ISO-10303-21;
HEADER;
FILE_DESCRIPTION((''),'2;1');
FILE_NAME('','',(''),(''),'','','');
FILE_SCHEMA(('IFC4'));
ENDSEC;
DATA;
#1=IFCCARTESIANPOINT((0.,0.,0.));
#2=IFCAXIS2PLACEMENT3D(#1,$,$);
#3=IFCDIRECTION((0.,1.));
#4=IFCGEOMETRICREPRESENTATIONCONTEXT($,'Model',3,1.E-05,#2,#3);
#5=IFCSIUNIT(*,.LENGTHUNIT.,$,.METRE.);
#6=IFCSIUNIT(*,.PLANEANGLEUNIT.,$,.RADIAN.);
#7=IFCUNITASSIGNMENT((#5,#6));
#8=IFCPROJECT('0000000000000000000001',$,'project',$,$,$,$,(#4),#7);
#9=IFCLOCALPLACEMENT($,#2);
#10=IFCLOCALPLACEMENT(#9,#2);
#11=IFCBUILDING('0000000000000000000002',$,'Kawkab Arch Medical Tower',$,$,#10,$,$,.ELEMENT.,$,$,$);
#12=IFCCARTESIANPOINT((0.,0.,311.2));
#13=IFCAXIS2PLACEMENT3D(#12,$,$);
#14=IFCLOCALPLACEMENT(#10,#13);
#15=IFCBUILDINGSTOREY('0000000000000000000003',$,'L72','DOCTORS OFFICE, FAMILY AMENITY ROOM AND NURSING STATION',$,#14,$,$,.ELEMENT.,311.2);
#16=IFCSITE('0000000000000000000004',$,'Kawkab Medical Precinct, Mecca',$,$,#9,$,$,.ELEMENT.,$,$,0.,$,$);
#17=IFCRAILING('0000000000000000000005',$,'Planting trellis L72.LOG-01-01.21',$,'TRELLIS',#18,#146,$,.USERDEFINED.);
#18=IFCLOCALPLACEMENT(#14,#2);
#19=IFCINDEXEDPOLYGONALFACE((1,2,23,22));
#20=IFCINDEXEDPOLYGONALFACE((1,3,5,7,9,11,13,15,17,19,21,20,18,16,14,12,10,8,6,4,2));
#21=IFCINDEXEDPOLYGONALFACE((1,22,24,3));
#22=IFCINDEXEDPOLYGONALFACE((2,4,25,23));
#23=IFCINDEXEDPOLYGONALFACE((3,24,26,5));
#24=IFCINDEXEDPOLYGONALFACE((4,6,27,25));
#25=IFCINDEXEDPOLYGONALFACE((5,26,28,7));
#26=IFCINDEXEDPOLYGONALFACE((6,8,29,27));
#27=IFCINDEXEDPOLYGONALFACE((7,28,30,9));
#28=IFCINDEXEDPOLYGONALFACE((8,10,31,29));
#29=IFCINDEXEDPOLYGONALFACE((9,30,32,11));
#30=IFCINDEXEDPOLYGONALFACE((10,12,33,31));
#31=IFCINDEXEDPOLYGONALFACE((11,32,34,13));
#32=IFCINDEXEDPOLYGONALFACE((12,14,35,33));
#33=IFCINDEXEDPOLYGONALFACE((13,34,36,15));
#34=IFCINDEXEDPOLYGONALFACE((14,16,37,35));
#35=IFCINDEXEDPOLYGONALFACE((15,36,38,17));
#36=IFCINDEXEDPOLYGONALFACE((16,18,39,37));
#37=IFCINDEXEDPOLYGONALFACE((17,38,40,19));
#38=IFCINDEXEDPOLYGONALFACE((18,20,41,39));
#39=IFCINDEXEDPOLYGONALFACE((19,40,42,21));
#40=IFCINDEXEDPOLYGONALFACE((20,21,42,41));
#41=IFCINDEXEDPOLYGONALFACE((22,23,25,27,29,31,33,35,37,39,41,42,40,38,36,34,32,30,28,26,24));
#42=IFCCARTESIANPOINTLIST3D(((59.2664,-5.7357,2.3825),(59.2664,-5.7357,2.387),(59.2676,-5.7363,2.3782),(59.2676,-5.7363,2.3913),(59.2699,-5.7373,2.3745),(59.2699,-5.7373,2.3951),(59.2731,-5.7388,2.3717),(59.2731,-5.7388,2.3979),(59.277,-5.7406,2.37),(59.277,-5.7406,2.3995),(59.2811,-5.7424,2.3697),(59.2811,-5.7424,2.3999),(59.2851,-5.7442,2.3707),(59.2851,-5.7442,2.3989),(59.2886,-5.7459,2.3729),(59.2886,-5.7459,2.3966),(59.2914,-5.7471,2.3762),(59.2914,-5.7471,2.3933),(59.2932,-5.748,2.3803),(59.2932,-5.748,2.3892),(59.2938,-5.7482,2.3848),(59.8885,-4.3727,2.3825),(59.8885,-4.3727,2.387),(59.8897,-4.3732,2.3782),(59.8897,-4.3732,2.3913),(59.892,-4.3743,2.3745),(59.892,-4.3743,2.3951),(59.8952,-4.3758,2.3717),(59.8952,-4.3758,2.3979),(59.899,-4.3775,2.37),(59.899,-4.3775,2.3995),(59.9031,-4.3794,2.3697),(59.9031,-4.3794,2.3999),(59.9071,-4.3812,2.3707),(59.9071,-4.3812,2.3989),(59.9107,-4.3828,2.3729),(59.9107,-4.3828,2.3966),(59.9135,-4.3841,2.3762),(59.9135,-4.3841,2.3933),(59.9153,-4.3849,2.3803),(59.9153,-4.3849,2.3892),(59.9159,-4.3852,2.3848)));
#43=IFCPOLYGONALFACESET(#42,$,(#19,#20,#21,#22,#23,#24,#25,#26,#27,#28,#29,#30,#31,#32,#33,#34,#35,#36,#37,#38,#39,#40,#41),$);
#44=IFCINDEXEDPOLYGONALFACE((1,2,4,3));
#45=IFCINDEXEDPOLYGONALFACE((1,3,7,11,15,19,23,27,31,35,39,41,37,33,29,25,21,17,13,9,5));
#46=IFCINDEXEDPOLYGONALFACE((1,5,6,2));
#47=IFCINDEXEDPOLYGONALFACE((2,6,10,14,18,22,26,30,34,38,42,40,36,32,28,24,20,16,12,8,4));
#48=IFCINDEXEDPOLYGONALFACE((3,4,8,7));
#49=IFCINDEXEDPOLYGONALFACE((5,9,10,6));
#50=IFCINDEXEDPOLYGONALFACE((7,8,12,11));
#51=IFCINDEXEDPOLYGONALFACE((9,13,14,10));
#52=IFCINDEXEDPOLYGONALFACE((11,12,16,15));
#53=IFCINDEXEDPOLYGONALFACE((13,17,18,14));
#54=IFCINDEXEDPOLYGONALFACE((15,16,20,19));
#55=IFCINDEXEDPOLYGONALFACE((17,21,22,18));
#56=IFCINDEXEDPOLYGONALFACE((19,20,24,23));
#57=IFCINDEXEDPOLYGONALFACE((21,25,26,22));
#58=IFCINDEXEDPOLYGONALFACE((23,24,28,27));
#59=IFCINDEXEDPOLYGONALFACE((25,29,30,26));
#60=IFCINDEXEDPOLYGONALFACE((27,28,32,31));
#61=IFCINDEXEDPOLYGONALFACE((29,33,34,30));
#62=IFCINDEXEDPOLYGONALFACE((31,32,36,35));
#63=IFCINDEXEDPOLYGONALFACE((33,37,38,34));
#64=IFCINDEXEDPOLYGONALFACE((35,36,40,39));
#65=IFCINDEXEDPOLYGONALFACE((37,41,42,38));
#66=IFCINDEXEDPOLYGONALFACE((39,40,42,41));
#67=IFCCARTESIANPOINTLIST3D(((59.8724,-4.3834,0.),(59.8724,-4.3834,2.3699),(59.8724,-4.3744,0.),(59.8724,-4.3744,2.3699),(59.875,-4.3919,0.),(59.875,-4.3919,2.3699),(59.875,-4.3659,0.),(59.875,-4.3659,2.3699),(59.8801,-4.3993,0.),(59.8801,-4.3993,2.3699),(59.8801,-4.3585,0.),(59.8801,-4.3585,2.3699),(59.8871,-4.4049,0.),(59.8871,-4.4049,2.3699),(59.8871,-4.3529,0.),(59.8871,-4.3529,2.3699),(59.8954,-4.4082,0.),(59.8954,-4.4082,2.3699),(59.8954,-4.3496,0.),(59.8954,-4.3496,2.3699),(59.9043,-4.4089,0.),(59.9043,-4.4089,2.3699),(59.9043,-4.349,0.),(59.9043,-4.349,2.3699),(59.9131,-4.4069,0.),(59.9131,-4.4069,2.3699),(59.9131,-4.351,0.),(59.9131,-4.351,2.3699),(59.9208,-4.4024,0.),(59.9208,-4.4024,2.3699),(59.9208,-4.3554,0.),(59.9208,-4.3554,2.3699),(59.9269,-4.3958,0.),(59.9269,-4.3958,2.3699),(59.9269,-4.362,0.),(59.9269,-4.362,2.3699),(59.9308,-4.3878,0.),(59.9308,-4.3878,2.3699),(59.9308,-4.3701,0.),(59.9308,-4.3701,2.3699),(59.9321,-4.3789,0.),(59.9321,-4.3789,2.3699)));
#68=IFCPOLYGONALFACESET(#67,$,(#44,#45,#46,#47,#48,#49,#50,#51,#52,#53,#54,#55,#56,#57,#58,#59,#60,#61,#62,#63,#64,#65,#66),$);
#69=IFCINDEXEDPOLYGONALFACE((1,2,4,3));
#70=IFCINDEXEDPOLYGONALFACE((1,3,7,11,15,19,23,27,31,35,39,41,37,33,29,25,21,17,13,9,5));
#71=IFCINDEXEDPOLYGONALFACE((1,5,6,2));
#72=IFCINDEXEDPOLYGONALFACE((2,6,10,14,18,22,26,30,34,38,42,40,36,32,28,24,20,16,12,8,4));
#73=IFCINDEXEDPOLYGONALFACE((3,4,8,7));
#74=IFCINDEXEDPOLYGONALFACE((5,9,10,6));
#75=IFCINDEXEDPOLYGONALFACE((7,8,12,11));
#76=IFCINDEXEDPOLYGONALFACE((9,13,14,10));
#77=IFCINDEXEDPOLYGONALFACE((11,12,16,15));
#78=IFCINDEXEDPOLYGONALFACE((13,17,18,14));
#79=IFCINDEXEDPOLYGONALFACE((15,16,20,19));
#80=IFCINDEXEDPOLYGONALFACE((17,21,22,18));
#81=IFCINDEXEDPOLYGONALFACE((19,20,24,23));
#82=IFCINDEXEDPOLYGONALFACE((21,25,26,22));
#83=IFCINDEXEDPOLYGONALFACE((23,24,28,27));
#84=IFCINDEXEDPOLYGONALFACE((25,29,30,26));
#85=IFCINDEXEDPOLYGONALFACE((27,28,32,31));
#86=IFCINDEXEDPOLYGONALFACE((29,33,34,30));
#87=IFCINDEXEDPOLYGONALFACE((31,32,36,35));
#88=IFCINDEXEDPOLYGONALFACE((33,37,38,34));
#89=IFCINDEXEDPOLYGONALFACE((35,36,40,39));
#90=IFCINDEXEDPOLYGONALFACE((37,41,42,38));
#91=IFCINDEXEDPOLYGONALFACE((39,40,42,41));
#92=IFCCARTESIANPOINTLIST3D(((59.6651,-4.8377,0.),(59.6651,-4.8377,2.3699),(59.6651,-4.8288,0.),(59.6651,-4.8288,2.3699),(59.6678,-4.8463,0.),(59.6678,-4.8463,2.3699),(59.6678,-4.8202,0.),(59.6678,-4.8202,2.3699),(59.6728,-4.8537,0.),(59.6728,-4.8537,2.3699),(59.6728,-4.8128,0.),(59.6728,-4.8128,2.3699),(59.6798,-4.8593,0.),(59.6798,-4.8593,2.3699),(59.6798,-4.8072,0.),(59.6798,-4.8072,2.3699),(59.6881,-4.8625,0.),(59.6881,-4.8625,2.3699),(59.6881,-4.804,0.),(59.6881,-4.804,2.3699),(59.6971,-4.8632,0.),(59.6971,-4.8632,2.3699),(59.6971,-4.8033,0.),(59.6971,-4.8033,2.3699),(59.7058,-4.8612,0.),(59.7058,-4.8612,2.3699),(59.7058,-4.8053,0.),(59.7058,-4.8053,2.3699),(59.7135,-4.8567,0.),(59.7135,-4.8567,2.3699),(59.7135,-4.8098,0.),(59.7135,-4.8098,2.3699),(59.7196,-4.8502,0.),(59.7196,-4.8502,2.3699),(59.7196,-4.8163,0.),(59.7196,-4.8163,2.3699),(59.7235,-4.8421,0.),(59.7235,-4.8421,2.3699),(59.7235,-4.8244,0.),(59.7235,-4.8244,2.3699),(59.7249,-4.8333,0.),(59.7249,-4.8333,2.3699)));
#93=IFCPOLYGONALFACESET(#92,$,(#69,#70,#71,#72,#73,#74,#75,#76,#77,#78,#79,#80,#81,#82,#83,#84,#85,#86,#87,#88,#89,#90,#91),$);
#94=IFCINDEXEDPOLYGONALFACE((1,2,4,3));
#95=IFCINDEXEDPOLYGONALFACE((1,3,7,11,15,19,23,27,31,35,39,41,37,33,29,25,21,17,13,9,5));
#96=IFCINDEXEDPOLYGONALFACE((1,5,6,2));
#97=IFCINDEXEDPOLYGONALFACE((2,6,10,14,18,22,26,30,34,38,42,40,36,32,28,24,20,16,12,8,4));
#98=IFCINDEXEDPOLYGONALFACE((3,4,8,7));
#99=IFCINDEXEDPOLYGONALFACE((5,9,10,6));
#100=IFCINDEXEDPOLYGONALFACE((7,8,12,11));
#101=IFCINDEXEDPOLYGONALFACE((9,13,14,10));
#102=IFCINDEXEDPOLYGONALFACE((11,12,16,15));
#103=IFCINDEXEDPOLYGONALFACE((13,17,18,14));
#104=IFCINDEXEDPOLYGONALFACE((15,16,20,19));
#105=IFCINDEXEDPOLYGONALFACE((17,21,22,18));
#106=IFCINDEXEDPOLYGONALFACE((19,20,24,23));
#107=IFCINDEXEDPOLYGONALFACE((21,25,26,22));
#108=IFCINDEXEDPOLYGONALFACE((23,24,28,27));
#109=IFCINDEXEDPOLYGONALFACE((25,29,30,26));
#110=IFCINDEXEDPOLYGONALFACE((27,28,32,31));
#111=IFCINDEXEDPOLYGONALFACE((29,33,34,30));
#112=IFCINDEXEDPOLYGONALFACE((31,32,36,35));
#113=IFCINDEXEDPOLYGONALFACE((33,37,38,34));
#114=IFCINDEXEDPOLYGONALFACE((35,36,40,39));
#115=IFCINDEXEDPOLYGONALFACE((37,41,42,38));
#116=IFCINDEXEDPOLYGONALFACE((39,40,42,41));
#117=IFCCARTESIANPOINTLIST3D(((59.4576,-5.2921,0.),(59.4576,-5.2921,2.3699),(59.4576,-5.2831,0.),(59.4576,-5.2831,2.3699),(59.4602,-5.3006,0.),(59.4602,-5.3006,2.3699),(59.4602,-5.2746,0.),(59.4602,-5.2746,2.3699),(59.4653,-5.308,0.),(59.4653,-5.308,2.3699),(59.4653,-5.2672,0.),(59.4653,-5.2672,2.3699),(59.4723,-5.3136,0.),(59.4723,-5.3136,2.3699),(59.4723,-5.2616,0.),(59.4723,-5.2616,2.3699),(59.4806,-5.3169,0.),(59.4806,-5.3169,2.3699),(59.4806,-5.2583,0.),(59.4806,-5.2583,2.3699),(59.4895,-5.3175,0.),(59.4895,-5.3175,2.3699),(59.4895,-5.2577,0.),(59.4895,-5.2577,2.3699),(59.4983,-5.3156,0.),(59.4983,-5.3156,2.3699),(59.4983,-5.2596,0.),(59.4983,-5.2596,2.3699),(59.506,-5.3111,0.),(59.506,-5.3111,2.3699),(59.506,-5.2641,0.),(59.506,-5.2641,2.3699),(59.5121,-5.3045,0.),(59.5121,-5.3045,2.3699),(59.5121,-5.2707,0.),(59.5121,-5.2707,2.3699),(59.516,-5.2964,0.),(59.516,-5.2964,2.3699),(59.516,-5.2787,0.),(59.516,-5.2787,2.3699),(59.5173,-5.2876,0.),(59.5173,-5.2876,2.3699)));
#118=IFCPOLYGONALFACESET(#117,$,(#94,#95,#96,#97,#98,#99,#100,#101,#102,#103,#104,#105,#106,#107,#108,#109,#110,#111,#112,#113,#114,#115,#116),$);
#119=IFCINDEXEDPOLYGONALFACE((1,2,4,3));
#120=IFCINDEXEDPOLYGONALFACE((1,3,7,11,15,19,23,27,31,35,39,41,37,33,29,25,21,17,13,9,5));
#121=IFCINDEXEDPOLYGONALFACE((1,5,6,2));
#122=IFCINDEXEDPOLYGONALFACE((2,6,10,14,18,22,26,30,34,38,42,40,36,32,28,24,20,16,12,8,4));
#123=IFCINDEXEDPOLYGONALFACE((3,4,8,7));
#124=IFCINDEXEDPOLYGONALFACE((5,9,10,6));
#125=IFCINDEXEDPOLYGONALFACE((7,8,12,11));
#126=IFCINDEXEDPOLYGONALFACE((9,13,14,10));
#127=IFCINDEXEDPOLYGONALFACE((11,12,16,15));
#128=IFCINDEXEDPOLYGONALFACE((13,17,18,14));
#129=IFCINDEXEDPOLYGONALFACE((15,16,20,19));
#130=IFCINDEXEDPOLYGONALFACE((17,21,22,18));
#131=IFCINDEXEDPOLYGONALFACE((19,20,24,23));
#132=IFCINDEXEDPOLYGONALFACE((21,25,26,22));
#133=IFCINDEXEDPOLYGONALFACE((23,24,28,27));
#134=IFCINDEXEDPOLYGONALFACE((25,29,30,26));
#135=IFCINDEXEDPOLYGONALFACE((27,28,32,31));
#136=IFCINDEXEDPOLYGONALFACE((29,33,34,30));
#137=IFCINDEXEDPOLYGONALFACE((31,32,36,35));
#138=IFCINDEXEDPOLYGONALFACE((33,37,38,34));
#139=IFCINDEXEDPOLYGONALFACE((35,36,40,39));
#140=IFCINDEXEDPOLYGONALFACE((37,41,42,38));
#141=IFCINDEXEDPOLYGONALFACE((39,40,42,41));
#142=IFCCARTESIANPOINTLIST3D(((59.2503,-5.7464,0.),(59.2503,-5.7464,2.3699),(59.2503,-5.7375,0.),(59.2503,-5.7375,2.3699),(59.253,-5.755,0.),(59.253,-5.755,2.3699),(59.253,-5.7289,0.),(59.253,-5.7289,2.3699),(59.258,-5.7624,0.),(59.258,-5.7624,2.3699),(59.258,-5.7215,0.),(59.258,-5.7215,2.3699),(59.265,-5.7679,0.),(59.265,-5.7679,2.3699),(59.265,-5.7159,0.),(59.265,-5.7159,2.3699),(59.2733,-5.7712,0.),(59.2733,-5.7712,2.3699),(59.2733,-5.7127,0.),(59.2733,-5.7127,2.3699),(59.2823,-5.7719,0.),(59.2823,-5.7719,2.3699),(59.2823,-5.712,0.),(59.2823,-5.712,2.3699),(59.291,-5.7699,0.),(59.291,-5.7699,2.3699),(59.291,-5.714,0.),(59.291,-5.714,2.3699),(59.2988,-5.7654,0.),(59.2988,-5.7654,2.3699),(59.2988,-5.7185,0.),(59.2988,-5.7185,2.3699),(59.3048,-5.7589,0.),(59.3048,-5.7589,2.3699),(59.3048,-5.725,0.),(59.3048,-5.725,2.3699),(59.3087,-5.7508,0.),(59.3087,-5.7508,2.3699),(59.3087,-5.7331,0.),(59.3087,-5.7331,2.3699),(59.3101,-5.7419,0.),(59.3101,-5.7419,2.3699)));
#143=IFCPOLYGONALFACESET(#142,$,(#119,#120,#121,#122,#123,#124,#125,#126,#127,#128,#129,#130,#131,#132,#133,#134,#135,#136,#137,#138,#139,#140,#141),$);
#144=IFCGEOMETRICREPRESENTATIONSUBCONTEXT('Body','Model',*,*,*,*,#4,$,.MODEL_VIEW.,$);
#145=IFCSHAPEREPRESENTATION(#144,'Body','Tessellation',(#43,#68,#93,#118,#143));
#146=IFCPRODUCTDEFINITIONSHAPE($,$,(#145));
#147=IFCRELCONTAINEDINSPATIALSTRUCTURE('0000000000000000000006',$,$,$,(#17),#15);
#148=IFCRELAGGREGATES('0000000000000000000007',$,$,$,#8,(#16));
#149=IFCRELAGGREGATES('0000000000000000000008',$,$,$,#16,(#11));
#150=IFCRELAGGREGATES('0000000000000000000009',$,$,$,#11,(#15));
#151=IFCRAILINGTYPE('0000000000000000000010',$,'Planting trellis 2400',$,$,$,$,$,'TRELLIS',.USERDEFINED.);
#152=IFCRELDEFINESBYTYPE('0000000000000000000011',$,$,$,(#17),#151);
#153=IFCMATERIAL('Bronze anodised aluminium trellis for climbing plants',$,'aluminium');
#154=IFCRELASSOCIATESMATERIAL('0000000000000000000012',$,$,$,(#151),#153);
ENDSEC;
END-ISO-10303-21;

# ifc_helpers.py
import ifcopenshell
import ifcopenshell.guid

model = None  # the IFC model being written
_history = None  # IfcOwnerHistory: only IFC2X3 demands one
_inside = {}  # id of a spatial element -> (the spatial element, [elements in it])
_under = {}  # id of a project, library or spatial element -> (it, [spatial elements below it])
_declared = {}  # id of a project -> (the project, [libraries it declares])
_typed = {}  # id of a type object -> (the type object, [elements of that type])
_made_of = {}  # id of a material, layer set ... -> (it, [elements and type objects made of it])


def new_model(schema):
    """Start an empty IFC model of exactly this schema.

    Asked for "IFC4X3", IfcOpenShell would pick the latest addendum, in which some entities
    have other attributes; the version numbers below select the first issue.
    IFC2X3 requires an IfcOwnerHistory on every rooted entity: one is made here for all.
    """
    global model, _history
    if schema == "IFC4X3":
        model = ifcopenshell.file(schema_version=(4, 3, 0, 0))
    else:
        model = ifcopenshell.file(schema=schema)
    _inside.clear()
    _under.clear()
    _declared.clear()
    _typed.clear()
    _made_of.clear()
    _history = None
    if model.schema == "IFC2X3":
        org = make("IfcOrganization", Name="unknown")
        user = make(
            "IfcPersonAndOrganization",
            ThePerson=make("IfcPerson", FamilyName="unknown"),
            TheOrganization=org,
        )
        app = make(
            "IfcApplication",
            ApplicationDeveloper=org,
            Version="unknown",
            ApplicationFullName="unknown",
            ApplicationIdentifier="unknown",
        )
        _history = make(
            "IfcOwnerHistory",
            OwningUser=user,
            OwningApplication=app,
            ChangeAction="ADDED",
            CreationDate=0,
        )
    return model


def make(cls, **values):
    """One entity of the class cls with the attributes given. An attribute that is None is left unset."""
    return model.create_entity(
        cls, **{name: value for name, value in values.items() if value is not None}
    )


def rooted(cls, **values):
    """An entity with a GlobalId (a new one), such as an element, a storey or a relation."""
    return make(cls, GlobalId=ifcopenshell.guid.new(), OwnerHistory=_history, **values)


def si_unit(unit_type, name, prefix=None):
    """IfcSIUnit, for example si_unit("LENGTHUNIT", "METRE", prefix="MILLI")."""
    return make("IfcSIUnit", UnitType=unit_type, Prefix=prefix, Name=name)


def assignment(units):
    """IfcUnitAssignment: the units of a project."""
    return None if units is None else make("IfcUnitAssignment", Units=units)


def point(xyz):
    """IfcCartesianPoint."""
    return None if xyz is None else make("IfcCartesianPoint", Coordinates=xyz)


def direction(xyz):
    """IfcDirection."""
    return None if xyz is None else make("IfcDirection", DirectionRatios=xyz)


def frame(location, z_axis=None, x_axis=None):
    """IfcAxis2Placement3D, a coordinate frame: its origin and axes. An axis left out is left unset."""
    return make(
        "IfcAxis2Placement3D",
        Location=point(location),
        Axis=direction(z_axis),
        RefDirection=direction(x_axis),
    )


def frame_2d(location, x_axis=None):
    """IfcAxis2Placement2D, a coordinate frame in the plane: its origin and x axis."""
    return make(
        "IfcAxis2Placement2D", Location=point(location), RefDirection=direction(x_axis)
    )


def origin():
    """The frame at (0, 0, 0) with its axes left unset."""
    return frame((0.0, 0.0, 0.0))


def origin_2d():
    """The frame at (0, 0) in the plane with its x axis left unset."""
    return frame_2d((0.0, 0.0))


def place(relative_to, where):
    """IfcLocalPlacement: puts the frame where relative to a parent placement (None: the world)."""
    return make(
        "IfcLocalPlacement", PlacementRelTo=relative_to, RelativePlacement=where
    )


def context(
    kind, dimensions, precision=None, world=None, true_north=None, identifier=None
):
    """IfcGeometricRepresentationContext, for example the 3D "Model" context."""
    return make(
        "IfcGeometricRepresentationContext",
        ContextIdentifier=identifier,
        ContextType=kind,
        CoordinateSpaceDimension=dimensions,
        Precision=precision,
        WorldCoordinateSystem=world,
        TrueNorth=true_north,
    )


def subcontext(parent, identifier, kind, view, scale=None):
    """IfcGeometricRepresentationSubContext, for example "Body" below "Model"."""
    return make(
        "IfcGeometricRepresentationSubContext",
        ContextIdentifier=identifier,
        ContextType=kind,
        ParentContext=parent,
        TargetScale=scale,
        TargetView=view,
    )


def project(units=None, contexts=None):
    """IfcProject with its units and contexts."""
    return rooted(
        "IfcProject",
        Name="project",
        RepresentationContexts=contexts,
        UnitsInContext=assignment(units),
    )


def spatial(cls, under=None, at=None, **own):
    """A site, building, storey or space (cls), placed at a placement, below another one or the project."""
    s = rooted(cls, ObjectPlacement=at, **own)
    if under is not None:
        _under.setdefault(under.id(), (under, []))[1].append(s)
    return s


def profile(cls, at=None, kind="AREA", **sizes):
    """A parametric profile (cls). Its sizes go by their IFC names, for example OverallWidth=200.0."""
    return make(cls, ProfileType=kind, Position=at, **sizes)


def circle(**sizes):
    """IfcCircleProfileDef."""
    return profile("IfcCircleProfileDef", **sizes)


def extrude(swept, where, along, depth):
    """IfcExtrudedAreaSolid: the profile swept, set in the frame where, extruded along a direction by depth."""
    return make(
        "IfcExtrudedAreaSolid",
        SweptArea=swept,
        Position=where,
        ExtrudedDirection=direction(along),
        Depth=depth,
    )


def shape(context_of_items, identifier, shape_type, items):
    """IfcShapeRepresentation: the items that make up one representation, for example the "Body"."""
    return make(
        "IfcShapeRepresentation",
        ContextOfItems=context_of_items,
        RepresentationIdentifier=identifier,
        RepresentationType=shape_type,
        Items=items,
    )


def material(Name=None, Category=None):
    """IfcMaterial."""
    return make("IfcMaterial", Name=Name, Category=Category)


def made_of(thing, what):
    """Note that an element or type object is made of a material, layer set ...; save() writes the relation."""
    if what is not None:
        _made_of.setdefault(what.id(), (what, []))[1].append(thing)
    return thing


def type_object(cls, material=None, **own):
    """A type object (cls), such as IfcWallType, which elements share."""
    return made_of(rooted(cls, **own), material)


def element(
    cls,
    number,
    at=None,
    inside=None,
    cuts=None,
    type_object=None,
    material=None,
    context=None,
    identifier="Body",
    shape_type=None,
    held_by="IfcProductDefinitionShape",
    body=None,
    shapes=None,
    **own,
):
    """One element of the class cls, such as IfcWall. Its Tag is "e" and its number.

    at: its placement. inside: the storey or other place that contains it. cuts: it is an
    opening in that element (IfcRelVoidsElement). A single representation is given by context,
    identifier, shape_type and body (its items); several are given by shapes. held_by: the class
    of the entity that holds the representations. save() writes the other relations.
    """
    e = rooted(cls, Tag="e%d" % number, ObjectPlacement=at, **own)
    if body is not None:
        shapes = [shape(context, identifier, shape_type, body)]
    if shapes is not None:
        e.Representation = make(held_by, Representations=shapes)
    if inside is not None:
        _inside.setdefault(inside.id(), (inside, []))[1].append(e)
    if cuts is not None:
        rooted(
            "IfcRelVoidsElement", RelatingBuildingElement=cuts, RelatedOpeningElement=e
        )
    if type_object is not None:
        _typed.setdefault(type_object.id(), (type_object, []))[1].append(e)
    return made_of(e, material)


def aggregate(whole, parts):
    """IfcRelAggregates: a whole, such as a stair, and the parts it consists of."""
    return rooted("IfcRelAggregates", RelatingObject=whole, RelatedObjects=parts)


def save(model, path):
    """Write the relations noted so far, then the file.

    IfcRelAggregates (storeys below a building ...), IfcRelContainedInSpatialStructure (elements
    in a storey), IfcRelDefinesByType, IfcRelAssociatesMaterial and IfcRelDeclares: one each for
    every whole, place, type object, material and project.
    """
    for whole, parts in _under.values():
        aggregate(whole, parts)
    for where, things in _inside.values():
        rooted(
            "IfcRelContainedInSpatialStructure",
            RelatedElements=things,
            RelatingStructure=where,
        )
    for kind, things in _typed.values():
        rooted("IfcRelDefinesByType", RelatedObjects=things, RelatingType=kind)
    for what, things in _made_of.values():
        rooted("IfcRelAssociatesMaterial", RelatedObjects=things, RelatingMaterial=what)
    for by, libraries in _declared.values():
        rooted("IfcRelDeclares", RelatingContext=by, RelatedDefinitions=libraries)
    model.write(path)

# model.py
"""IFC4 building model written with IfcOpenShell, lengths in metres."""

from ifc_helpers import new_model, si_unit, direction, frame, origin, origin_2d, place, context, subcontext, project, spatial, circle, extrude, material, type_object, element, save


model = new_model("IFC4")

# Units and contexts
model_context = context("Model", 3, precision=1e-05, world=origin(), true_north=direction((0.0, 1.0)))
body_context = subcontext(model_context, "Body", "Model", "MODEL_VIEW")
ifc_project = project(units=[si_unit("LENGTHUNIT", "METRE"), si_unit("PLANEANGLEUNIT", "RADIAN")], contexts=[model_context])

# Site, building, storey
site_placement = place(None, origin())
site = spatial("IfcSite", under=ifc_project, at=site_placement, Name="Kawkab Medical Precinct, Mecca", CompositionType="ELEMENT", RefElevation=0.0)
building_placement = place(site_placement, origin())
building = spatial("IfcBuilding", under=site, at=building_placement, Name="Kawkab Arch Medical Tower", CompositionType="ELEMENT")
storey_placement = place(building_placement, frame((0.0, 0.0, 311.2)))
storey = spatial("IfcBuildingStorey", under=building, at=storey_placement, Name="L72", Description="DOCTORS OFFICE, FAMILY AMENITY ROOM AND NURSING STATION", CompositionType="ELEMENT", Elevation=311.2)

# Railing
ifc_material_1 = material(Name="Bronze anodised aluminium trellis for climbing plants", Category="aluminium")
railing_type = type_object("IfcRailingType", Name="Planting trellis 2400", ElementType="TRELLIS", PredefinedType="USERDEFINED", material=ifc_material_1)
railing_1_placement = place(storey_placement, frame((59.9021, -4.3789, 0.0)))
element("IfcRailing", 1, at=railing_1_placement, inside=storey, type_object=railing_type, Name="Planting trellis L72.LOG-01-01.21", ObjectType="TRELLIS", PredefinedType="USERDEFINED", context=body_context, shape_type="SweptSolid", body=[
    extrude(circle(Radius=0.0151, at=origin_2d()), frame((0.0, 0.0, 2.3848), z_axis=(-0.41519, -0.909735, 0.0), x_axis=(0.909735, -0.41519, 0.0)), (0.0, 0.0, 1.0), 1.4983),
    extrude(circle(Radius=0.03, at=origin_2d()), origin(), (0.0, 0.0, 1.0), 2.3699),
    extrude(circle(Radius=0.03, at=origin_2d()), frame((-0.2073, -0.4543, 0.0)), (0.0, 0.0, 1.0), 2.3699),
    extrude(circle(Radius=0.03, at=origin_2d()), frame((-0.4148, -0.9087, 0.0)), (0.0, 0.0, 1.0), 2.3699),
    extrude(circle(Radius=0.03, at=origin_2d()), frame((-0.6221, -1.363, 0.0)), (0.0, 0.0, 1.0), 2.3699),
])

save(model, "model.ifc")
